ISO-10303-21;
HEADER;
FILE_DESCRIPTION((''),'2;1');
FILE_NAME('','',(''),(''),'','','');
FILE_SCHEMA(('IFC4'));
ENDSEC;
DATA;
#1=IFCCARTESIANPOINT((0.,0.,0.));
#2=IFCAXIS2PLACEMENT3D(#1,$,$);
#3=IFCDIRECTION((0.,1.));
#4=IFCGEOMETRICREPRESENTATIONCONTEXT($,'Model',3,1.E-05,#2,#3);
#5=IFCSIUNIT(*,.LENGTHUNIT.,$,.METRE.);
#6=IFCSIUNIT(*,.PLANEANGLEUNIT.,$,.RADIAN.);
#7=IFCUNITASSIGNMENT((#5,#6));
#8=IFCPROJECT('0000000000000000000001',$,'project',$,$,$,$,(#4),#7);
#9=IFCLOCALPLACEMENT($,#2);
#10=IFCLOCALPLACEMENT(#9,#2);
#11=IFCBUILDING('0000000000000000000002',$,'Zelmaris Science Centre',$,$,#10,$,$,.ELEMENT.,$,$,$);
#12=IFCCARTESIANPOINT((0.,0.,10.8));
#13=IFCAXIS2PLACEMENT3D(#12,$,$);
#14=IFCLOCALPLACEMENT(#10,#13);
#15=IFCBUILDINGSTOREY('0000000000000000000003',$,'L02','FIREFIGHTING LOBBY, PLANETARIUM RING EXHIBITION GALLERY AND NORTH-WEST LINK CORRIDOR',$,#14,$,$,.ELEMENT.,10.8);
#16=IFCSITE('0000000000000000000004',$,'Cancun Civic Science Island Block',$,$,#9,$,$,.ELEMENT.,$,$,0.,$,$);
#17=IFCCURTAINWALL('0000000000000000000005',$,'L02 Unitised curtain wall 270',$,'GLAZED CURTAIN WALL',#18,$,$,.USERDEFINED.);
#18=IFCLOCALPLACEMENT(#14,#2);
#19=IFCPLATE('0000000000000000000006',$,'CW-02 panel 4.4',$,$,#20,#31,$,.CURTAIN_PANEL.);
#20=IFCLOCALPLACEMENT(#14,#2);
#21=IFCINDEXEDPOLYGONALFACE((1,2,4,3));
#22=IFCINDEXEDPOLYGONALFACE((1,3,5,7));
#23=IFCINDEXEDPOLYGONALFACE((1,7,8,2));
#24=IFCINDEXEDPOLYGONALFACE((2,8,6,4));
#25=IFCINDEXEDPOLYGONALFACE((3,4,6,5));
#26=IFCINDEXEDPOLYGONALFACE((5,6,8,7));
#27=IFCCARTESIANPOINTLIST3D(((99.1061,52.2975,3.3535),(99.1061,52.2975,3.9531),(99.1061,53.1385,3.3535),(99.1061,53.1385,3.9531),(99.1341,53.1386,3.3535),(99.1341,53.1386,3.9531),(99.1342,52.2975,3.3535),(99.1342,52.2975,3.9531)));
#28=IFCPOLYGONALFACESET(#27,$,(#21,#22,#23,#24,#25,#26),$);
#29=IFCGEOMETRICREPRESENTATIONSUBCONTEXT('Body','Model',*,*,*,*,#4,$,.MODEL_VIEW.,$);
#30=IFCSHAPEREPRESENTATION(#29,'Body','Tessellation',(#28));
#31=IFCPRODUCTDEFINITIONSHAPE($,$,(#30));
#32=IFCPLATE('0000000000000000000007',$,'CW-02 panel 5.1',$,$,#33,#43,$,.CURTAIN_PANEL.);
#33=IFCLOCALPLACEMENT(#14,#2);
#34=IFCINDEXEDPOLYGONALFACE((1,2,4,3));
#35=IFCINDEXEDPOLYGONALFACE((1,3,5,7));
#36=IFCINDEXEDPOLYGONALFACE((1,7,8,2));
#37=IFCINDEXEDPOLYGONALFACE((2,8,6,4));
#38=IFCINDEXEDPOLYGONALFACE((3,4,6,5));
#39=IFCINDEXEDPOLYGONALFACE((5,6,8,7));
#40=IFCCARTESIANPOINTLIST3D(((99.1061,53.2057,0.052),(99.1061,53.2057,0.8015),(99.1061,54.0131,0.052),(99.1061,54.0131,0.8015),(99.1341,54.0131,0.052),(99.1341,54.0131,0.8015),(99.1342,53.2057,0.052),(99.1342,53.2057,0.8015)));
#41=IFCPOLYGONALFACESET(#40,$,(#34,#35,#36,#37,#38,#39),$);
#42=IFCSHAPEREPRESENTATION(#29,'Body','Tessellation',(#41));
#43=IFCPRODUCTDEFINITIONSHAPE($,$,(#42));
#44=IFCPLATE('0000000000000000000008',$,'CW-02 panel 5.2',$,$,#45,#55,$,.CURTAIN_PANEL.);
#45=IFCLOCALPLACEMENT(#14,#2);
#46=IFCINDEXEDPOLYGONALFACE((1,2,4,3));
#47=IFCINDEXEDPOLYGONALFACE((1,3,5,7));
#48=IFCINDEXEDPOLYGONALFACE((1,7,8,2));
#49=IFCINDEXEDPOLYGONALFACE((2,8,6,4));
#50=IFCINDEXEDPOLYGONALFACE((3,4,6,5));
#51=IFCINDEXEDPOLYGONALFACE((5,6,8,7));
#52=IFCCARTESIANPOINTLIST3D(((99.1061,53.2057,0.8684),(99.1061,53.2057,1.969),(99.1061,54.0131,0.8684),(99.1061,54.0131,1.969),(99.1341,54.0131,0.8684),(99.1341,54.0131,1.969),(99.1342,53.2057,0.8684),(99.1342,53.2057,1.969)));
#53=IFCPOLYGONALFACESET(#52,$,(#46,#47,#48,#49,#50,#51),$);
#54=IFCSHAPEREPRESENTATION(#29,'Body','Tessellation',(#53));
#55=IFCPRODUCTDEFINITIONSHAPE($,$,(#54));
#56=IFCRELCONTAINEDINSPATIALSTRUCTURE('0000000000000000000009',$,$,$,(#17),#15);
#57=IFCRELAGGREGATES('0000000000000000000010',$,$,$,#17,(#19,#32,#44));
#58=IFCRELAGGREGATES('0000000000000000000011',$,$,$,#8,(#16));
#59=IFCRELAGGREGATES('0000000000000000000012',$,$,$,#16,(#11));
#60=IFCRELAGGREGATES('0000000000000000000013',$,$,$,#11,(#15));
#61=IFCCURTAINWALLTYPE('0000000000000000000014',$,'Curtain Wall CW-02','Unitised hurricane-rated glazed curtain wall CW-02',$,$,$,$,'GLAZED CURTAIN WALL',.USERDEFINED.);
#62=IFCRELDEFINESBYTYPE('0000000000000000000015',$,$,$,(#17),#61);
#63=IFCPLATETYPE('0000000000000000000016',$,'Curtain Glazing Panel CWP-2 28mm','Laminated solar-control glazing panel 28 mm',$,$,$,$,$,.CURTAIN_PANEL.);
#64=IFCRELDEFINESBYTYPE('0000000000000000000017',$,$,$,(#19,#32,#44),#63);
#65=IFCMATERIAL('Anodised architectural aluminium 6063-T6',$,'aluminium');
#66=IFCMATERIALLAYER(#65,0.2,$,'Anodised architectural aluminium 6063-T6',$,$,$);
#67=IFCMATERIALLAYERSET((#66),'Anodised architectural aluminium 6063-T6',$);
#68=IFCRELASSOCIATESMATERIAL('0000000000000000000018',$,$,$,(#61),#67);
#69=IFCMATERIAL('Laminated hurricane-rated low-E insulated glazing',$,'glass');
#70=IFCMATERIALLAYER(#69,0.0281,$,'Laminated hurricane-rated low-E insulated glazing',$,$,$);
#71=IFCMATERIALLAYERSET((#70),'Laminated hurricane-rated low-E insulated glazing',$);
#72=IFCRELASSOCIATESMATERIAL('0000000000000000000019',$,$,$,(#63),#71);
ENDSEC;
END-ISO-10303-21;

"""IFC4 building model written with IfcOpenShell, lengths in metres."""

from ifc_helpers import new_model, si_unit, direction, frame, origin, origin_2d, place, context, subcontext, project, spatial, rectangle, extrude, material, layer, layer_set, type_object, element, aggregate, save


model = new_model("IFC4")

# Units and contexts
model_context = context("Model", 3, precision=1e-05, world=origin(), true_north=direction((0.0, 1.0)))
body_context = subcontext(model_context, "Body", "Model", "MODEL_VIEW")
ifc_project = project(units=[si_unit("LENGTHUNIT", "METRE"), si_unit("PLANEANGLEUNIT", "RADIAN")], contexts=[model_context])

# Site, building, storey
site_placement = place(None, origin())
site = spatial("IfcSite", under=ifc_project, at=site_placement, Name="Cancun Civic Science Island Block", CompositionType="ELEMENT", RefElevation=0.0)
building_placement = place(site_placement, origin())
building = spatial("IfcBuilding", under=site, at=building_placement, Name="Zelmaris Science Centre", CompositionType="ELEMENT")
storey_placement = place(building_placement, frame((0.0, 0.0, 10.8)))
storey = spatial("IfcBuildingStorey", under=building, at=storey_placement, Name="L02", Description="FIREFIGHTING LOBBY, PLANETARIUM RING EXHIBITION GALLERY AND NORTH-WEST LINK CORRIDOR", CompositionType="ELEMENT", Elevation=10.8)

# Curtain wall
ifc_material_1 = material(Name="Anodised architectural aluminium 6063-T6", Category="aluminium")
ifc_layer_1 = layer(ifc_material_1, 0.2, Name="Anodised architectural aluminium 6063-T6")
ifc_layer_set_1 = layer_set([ifc_layer_1], Name="Anodised architectural aluminium 6063-T6")
curtain_wall_type = type_object("IfcCurtainWallType", Name="Curtain Wall CW-02", Description="Unitised hurricane-rated glazed curtain wall CW-02", ElementType="GLAZED CURTAIN WALL", PredefinedType="USERDEFINED", material=ifc_layer_set_1)
curtain_wall_placement = place(storey_placement, origin())
curtain_wall = element("IfcCurtainWall", 1, at=curtain_wall_placement, inside=storey, type_object=curtain_wall_type, Name="L02 Unitised curtain wall 270", ObjectType="GLAZED CURTAIN WALL", PredefinedType="USERDEFINED")

# Plates
ifc_material_2 = material(Name="Laminated hurricane-rated low-E insulated glazing", Category="glass")
ifc_layer_2 = layer(ifc_material_2, 0.0281, Name="Laminated hurricane-rated low-E insulated glazing")
ifc_layer_set_2 = layer_set([ifc_layer_2], Name="Laminated hurricane-rated low-E insulated glazing")
plate_type = type_object("IfcPlateType", Name="Curtain Glazing Panel CWP-2 28mm", Description="Laminated solar-control glazing panel 28 mm", PredefinedType="CURTAIN_PANEL", material=ifc_layer_set_2)
plate_1_placement = place(storey_placement, frame((99.1201, 52.718, 3.3535), z_axis=(0.0, 0.0, 1.0), x_axis=(-0.000022, 1.0, 0.0)))
plate_1 = element("IfcPlate", 2, at=plate_1_placement, type_object=plate_type, Name="CW-02 panel 4.4", PredefinedType="CURTAIN_PANEL", context=body_context, shape_type="SweptSolid", body=[
    extrude(rectangle(XDim=0.8411, YDim=0.0281, at=origin_2d()), origin(), (0.0, 0.0, 1.0), 0.5996),
])
plate_2_placement = place(storey_placement, frame((99.1201, 53.6094, 0.052), z_axis=(0.0, 0.0, 1.0), x_axis=(-0.000022, 1.0, 0.0)))
plate_2 = element("IfcPlate", 3, at=plate_2_placement, type_object=plate_type, Name="CW-02 panel 5.1", PredefinedType="CURTAIN_PANEL", context=body_context, shape_type="SweptSolid", body=[
    extrude(rectangle(XDim=0.8074, YDim=0.0281, at=origin_2d()), origin(), (0.0, 0.0, 1.0), 0.7495),
])
plate_3_placement = place(storey_placement, frame((99.1201, 53.6094, 0.8684), z_axis=(0.0, 0.0, 1.0), x_axis=(-0.000022, 1.0, 0.0)))
plate_3 = element("IfcPlate", 4, at=plate_3_placement, type_object=plate_type, Name="CW-02 panel 5.2", PredefinedType="CURTAIN_PANEL", context=body_context, shape_type="SweptSolid", body=[
    extrude(rectangle(XDim=0.8074, YDim=0.0281, at=origin_2d()), origin(), (0.0, 0.0, 1.0), 1.1006),
])
aggregate(curtain_wall, [plate_1, plate_2, plate_3])

save(model, "model.ifc")
